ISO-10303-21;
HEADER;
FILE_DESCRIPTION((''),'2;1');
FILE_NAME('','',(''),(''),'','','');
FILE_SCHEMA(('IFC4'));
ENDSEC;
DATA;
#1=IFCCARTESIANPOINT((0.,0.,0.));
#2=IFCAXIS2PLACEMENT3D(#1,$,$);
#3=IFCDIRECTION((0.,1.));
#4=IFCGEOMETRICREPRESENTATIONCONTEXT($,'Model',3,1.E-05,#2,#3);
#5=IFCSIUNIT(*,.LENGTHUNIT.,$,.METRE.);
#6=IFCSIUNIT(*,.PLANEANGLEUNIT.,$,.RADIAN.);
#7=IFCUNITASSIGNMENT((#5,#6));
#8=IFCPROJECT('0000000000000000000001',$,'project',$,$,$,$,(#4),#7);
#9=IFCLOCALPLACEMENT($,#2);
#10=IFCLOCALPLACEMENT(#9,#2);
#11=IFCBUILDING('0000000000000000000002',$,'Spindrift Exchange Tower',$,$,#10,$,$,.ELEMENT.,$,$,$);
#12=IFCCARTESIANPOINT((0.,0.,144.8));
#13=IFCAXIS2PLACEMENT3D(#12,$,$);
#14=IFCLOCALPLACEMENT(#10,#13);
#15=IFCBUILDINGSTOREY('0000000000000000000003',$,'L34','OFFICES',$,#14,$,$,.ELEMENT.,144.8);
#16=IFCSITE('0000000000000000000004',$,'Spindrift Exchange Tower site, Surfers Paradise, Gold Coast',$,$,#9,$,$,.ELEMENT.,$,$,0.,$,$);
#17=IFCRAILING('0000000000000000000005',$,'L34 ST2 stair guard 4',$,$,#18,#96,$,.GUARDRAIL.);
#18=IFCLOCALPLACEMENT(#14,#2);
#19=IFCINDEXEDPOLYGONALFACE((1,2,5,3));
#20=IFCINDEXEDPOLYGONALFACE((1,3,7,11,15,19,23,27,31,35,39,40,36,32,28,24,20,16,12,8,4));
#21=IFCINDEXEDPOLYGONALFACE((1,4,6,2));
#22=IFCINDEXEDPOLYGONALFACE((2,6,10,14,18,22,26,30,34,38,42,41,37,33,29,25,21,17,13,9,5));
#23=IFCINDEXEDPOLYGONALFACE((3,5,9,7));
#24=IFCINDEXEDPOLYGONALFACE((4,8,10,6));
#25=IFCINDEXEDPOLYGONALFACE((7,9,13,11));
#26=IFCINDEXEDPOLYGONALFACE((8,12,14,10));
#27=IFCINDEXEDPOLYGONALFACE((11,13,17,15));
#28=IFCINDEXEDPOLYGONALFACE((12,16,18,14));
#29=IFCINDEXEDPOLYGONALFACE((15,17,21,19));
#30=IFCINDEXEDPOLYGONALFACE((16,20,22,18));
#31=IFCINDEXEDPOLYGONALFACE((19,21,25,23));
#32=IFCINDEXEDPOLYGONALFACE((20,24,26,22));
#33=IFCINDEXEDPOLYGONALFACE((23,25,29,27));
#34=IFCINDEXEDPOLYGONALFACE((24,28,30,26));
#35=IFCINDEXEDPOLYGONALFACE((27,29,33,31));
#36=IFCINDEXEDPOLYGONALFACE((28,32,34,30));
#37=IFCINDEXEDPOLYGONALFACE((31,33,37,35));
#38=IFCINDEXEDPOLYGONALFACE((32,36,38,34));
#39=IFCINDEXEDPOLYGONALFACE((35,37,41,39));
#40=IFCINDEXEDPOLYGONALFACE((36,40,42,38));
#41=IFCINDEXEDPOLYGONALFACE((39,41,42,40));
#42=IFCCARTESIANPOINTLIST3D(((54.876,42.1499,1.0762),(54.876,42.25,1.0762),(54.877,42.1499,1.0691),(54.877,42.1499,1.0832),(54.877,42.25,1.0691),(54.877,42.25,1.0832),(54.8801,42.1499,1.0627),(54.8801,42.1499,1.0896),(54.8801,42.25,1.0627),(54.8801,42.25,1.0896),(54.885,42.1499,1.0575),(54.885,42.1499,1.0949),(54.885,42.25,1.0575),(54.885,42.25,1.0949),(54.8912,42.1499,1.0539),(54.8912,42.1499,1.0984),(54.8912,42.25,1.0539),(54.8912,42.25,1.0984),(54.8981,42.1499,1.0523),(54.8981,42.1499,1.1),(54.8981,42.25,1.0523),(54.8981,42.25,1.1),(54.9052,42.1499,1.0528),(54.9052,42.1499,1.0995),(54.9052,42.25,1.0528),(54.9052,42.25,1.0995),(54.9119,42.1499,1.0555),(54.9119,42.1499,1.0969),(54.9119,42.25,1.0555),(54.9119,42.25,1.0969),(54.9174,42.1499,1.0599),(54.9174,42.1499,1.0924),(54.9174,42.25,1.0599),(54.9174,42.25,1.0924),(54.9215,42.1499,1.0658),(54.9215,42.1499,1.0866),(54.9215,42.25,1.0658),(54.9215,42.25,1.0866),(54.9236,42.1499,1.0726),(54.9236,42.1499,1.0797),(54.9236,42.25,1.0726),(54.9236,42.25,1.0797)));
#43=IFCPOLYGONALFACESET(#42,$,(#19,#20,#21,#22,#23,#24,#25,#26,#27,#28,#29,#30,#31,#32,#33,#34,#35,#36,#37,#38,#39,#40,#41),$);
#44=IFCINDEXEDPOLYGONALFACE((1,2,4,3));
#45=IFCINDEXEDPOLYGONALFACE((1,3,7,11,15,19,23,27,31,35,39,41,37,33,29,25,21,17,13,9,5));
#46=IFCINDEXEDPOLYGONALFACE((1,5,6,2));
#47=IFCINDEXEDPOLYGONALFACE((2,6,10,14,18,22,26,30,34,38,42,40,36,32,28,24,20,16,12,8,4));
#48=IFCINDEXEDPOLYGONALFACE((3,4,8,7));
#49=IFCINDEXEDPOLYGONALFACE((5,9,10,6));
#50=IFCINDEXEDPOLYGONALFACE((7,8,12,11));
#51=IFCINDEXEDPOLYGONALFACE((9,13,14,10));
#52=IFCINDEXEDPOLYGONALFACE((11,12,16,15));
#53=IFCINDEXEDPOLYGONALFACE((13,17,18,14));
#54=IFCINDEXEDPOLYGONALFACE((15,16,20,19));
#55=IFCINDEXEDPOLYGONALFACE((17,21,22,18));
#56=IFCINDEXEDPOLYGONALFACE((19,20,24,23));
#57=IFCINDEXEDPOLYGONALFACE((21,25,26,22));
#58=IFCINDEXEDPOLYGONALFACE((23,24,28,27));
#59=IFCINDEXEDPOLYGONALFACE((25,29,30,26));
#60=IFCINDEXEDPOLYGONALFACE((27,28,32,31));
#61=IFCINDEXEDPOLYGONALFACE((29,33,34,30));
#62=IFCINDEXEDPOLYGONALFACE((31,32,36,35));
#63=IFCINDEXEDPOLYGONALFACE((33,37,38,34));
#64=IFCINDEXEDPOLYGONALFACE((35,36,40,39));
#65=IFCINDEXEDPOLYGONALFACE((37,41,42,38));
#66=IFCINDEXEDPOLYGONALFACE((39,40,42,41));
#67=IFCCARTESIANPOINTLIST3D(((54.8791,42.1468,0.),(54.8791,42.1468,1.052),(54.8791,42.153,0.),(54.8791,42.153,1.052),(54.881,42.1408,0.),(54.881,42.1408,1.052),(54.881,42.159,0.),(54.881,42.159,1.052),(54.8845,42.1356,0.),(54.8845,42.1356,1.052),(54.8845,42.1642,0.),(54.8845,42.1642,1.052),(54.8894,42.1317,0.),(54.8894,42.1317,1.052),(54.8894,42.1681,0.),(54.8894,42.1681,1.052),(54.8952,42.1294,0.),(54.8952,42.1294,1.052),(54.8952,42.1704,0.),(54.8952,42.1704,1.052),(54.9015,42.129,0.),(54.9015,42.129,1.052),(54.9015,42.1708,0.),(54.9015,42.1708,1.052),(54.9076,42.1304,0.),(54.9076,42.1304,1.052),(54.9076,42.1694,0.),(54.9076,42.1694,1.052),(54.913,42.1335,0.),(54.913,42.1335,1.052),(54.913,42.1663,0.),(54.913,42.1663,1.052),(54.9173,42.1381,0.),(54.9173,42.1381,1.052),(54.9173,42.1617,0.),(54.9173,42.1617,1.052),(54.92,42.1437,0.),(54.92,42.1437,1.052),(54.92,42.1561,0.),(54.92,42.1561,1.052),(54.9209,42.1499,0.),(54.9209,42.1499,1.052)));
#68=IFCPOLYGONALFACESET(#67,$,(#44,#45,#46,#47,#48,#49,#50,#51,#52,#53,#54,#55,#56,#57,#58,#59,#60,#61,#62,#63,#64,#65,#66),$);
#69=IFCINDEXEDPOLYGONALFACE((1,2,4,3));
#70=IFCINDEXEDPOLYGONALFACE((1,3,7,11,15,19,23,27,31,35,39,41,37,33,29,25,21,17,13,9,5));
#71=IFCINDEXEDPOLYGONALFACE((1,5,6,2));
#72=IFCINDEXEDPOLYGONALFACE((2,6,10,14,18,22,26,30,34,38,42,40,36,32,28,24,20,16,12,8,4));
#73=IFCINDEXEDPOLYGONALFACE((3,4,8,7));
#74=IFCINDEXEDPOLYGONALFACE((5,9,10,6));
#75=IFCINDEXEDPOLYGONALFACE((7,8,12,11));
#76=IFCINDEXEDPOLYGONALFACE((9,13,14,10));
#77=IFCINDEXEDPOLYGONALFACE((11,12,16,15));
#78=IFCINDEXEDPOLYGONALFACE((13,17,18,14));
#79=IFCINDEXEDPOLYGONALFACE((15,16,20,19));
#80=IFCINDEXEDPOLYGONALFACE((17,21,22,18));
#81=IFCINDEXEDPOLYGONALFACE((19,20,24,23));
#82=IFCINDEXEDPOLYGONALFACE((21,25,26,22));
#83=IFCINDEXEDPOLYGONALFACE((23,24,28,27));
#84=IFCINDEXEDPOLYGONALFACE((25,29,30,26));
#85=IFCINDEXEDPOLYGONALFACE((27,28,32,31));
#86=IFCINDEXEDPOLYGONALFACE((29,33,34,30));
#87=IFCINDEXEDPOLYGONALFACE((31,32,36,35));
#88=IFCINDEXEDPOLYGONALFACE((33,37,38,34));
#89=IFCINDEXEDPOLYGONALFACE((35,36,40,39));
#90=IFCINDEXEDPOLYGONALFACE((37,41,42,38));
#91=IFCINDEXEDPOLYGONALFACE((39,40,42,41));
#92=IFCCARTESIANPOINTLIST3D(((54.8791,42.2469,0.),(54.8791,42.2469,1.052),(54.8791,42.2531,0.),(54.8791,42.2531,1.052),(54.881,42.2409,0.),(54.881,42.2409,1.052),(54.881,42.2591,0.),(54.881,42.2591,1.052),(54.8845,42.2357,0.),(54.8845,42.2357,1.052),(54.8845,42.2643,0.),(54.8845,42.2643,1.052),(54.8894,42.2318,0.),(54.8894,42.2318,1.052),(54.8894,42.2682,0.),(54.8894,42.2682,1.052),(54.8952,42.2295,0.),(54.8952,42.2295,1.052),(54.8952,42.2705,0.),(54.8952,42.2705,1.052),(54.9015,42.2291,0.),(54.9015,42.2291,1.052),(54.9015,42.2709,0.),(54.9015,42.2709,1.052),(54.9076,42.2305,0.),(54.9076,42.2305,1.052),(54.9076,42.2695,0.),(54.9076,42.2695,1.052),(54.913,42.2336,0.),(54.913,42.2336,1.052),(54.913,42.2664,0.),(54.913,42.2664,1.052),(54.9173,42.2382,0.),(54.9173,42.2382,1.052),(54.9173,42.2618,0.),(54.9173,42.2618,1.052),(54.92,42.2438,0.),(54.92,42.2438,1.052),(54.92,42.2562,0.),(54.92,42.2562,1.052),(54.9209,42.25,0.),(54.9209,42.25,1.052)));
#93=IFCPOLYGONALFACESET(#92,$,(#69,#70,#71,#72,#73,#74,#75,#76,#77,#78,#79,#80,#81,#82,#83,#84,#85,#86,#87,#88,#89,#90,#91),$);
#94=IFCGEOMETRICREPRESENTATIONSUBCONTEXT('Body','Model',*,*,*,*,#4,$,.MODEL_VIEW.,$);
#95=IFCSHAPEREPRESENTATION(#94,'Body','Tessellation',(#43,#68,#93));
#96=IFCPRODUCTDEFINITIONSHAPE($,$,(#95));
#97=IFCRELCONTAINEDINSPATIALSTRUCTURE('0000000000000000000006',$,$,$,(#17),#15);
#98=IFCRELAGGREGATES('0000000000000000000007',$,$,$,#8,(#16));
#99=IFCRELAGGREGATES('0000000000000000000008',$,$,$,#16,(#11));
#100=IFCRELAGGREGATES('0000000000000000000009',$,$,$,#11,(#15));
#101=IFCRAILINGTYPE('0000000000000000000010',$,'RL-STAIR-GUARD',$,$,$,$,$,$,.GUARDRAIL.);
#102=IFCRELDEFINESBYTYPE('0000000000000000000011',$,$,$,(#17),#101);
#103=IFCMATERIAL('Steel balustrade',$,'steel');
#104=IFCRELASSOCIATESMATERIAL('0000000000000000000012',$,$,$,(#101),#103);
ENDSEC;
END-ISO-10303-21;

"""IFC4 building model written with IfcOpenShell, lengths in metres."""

from ifc_helpers import new_model, si_unit, direction, frame, origin, origin_2d, place, context, subcontext, project, spatial, circle, extrude, material, type_object, element, save


model = new_model("IFC4")

# Units and contexts
model_context = context("Model", 3, precision=1e-05, world=origin(), true_north=direction((0.0, 1.0)))
body_context = subcontext(model_context, "Body", "Model", "MODEL_VIEW")
ifc_project = project(units=[si_unit("LENGTHUNIT", "METRE"), si_unit("PLANEANGLEUNIT", "RADIAN")], contexts=[model_context])

# Site, building, storey
site_placement = place(None, origin())
site = spatial("IfcSite", under=ifc_project, at=site_placement, Name="Spindrift Exchange Tower site, Surfers Paradise, Gold Coast", CompositionType="ELEMENT", RefElevation=0.0)
building_placement = place(site_placement, origin())
building = spatial("IfcBuilding", under=site, at=building_placement, Name="Spindrift Exchange Tower", CompositionType="ELEMENT")
storey_placement = place(building_placement, frame((0.0, 0.0, 144.8)))
storey = spatial("IfcBuildingStorey", under=building, at=storey_placement, Name="L34", Description="OFFICES", CompositionType="ELEMENT", Elevation=144.8)

# Railing
ifc_material_1 = material(Name="Steel balustrade", Category="steel")
railing_type_1 = type_object("IfcRailingType", Name="RL-STAIR-GUARD", PredefinedType="GUARDRAIL", material=ifc_material_1)
railing_1_placement = place(storey_placement, frame((54.8999, 42.1499, 0.0)))
element("IfcRailing", 1, at=railing_1_placement, inside=storey, type_object=railing_type_1, Name="L34 ST2 stair guard 4", PredefinedType="GUARDRAIL", context=body_context, shape_type="SweptSolid", body=[
    extrude(circle(Radius=0.0239, at=origin_2d()), frame((0.0, 0.0, 1.0762), z_axis=(0.0, 1.0, 0.0), x_axis=(-1.0, 0.0, 0.0)), (0.0, 0.0, 1.0), 0.1001),
    extrude(circle(Radius=0.021, at=origin_2d()), origin(), (0.0, 0.0, 1.0), 1.052),
    extrude(circle(Radius=0.021, at=origin_2d()), frame((0.0, 0.1001, 0.0)), (0.0, 0.0, 1.0), 1.052),
])

save(model, "model.ifc")
